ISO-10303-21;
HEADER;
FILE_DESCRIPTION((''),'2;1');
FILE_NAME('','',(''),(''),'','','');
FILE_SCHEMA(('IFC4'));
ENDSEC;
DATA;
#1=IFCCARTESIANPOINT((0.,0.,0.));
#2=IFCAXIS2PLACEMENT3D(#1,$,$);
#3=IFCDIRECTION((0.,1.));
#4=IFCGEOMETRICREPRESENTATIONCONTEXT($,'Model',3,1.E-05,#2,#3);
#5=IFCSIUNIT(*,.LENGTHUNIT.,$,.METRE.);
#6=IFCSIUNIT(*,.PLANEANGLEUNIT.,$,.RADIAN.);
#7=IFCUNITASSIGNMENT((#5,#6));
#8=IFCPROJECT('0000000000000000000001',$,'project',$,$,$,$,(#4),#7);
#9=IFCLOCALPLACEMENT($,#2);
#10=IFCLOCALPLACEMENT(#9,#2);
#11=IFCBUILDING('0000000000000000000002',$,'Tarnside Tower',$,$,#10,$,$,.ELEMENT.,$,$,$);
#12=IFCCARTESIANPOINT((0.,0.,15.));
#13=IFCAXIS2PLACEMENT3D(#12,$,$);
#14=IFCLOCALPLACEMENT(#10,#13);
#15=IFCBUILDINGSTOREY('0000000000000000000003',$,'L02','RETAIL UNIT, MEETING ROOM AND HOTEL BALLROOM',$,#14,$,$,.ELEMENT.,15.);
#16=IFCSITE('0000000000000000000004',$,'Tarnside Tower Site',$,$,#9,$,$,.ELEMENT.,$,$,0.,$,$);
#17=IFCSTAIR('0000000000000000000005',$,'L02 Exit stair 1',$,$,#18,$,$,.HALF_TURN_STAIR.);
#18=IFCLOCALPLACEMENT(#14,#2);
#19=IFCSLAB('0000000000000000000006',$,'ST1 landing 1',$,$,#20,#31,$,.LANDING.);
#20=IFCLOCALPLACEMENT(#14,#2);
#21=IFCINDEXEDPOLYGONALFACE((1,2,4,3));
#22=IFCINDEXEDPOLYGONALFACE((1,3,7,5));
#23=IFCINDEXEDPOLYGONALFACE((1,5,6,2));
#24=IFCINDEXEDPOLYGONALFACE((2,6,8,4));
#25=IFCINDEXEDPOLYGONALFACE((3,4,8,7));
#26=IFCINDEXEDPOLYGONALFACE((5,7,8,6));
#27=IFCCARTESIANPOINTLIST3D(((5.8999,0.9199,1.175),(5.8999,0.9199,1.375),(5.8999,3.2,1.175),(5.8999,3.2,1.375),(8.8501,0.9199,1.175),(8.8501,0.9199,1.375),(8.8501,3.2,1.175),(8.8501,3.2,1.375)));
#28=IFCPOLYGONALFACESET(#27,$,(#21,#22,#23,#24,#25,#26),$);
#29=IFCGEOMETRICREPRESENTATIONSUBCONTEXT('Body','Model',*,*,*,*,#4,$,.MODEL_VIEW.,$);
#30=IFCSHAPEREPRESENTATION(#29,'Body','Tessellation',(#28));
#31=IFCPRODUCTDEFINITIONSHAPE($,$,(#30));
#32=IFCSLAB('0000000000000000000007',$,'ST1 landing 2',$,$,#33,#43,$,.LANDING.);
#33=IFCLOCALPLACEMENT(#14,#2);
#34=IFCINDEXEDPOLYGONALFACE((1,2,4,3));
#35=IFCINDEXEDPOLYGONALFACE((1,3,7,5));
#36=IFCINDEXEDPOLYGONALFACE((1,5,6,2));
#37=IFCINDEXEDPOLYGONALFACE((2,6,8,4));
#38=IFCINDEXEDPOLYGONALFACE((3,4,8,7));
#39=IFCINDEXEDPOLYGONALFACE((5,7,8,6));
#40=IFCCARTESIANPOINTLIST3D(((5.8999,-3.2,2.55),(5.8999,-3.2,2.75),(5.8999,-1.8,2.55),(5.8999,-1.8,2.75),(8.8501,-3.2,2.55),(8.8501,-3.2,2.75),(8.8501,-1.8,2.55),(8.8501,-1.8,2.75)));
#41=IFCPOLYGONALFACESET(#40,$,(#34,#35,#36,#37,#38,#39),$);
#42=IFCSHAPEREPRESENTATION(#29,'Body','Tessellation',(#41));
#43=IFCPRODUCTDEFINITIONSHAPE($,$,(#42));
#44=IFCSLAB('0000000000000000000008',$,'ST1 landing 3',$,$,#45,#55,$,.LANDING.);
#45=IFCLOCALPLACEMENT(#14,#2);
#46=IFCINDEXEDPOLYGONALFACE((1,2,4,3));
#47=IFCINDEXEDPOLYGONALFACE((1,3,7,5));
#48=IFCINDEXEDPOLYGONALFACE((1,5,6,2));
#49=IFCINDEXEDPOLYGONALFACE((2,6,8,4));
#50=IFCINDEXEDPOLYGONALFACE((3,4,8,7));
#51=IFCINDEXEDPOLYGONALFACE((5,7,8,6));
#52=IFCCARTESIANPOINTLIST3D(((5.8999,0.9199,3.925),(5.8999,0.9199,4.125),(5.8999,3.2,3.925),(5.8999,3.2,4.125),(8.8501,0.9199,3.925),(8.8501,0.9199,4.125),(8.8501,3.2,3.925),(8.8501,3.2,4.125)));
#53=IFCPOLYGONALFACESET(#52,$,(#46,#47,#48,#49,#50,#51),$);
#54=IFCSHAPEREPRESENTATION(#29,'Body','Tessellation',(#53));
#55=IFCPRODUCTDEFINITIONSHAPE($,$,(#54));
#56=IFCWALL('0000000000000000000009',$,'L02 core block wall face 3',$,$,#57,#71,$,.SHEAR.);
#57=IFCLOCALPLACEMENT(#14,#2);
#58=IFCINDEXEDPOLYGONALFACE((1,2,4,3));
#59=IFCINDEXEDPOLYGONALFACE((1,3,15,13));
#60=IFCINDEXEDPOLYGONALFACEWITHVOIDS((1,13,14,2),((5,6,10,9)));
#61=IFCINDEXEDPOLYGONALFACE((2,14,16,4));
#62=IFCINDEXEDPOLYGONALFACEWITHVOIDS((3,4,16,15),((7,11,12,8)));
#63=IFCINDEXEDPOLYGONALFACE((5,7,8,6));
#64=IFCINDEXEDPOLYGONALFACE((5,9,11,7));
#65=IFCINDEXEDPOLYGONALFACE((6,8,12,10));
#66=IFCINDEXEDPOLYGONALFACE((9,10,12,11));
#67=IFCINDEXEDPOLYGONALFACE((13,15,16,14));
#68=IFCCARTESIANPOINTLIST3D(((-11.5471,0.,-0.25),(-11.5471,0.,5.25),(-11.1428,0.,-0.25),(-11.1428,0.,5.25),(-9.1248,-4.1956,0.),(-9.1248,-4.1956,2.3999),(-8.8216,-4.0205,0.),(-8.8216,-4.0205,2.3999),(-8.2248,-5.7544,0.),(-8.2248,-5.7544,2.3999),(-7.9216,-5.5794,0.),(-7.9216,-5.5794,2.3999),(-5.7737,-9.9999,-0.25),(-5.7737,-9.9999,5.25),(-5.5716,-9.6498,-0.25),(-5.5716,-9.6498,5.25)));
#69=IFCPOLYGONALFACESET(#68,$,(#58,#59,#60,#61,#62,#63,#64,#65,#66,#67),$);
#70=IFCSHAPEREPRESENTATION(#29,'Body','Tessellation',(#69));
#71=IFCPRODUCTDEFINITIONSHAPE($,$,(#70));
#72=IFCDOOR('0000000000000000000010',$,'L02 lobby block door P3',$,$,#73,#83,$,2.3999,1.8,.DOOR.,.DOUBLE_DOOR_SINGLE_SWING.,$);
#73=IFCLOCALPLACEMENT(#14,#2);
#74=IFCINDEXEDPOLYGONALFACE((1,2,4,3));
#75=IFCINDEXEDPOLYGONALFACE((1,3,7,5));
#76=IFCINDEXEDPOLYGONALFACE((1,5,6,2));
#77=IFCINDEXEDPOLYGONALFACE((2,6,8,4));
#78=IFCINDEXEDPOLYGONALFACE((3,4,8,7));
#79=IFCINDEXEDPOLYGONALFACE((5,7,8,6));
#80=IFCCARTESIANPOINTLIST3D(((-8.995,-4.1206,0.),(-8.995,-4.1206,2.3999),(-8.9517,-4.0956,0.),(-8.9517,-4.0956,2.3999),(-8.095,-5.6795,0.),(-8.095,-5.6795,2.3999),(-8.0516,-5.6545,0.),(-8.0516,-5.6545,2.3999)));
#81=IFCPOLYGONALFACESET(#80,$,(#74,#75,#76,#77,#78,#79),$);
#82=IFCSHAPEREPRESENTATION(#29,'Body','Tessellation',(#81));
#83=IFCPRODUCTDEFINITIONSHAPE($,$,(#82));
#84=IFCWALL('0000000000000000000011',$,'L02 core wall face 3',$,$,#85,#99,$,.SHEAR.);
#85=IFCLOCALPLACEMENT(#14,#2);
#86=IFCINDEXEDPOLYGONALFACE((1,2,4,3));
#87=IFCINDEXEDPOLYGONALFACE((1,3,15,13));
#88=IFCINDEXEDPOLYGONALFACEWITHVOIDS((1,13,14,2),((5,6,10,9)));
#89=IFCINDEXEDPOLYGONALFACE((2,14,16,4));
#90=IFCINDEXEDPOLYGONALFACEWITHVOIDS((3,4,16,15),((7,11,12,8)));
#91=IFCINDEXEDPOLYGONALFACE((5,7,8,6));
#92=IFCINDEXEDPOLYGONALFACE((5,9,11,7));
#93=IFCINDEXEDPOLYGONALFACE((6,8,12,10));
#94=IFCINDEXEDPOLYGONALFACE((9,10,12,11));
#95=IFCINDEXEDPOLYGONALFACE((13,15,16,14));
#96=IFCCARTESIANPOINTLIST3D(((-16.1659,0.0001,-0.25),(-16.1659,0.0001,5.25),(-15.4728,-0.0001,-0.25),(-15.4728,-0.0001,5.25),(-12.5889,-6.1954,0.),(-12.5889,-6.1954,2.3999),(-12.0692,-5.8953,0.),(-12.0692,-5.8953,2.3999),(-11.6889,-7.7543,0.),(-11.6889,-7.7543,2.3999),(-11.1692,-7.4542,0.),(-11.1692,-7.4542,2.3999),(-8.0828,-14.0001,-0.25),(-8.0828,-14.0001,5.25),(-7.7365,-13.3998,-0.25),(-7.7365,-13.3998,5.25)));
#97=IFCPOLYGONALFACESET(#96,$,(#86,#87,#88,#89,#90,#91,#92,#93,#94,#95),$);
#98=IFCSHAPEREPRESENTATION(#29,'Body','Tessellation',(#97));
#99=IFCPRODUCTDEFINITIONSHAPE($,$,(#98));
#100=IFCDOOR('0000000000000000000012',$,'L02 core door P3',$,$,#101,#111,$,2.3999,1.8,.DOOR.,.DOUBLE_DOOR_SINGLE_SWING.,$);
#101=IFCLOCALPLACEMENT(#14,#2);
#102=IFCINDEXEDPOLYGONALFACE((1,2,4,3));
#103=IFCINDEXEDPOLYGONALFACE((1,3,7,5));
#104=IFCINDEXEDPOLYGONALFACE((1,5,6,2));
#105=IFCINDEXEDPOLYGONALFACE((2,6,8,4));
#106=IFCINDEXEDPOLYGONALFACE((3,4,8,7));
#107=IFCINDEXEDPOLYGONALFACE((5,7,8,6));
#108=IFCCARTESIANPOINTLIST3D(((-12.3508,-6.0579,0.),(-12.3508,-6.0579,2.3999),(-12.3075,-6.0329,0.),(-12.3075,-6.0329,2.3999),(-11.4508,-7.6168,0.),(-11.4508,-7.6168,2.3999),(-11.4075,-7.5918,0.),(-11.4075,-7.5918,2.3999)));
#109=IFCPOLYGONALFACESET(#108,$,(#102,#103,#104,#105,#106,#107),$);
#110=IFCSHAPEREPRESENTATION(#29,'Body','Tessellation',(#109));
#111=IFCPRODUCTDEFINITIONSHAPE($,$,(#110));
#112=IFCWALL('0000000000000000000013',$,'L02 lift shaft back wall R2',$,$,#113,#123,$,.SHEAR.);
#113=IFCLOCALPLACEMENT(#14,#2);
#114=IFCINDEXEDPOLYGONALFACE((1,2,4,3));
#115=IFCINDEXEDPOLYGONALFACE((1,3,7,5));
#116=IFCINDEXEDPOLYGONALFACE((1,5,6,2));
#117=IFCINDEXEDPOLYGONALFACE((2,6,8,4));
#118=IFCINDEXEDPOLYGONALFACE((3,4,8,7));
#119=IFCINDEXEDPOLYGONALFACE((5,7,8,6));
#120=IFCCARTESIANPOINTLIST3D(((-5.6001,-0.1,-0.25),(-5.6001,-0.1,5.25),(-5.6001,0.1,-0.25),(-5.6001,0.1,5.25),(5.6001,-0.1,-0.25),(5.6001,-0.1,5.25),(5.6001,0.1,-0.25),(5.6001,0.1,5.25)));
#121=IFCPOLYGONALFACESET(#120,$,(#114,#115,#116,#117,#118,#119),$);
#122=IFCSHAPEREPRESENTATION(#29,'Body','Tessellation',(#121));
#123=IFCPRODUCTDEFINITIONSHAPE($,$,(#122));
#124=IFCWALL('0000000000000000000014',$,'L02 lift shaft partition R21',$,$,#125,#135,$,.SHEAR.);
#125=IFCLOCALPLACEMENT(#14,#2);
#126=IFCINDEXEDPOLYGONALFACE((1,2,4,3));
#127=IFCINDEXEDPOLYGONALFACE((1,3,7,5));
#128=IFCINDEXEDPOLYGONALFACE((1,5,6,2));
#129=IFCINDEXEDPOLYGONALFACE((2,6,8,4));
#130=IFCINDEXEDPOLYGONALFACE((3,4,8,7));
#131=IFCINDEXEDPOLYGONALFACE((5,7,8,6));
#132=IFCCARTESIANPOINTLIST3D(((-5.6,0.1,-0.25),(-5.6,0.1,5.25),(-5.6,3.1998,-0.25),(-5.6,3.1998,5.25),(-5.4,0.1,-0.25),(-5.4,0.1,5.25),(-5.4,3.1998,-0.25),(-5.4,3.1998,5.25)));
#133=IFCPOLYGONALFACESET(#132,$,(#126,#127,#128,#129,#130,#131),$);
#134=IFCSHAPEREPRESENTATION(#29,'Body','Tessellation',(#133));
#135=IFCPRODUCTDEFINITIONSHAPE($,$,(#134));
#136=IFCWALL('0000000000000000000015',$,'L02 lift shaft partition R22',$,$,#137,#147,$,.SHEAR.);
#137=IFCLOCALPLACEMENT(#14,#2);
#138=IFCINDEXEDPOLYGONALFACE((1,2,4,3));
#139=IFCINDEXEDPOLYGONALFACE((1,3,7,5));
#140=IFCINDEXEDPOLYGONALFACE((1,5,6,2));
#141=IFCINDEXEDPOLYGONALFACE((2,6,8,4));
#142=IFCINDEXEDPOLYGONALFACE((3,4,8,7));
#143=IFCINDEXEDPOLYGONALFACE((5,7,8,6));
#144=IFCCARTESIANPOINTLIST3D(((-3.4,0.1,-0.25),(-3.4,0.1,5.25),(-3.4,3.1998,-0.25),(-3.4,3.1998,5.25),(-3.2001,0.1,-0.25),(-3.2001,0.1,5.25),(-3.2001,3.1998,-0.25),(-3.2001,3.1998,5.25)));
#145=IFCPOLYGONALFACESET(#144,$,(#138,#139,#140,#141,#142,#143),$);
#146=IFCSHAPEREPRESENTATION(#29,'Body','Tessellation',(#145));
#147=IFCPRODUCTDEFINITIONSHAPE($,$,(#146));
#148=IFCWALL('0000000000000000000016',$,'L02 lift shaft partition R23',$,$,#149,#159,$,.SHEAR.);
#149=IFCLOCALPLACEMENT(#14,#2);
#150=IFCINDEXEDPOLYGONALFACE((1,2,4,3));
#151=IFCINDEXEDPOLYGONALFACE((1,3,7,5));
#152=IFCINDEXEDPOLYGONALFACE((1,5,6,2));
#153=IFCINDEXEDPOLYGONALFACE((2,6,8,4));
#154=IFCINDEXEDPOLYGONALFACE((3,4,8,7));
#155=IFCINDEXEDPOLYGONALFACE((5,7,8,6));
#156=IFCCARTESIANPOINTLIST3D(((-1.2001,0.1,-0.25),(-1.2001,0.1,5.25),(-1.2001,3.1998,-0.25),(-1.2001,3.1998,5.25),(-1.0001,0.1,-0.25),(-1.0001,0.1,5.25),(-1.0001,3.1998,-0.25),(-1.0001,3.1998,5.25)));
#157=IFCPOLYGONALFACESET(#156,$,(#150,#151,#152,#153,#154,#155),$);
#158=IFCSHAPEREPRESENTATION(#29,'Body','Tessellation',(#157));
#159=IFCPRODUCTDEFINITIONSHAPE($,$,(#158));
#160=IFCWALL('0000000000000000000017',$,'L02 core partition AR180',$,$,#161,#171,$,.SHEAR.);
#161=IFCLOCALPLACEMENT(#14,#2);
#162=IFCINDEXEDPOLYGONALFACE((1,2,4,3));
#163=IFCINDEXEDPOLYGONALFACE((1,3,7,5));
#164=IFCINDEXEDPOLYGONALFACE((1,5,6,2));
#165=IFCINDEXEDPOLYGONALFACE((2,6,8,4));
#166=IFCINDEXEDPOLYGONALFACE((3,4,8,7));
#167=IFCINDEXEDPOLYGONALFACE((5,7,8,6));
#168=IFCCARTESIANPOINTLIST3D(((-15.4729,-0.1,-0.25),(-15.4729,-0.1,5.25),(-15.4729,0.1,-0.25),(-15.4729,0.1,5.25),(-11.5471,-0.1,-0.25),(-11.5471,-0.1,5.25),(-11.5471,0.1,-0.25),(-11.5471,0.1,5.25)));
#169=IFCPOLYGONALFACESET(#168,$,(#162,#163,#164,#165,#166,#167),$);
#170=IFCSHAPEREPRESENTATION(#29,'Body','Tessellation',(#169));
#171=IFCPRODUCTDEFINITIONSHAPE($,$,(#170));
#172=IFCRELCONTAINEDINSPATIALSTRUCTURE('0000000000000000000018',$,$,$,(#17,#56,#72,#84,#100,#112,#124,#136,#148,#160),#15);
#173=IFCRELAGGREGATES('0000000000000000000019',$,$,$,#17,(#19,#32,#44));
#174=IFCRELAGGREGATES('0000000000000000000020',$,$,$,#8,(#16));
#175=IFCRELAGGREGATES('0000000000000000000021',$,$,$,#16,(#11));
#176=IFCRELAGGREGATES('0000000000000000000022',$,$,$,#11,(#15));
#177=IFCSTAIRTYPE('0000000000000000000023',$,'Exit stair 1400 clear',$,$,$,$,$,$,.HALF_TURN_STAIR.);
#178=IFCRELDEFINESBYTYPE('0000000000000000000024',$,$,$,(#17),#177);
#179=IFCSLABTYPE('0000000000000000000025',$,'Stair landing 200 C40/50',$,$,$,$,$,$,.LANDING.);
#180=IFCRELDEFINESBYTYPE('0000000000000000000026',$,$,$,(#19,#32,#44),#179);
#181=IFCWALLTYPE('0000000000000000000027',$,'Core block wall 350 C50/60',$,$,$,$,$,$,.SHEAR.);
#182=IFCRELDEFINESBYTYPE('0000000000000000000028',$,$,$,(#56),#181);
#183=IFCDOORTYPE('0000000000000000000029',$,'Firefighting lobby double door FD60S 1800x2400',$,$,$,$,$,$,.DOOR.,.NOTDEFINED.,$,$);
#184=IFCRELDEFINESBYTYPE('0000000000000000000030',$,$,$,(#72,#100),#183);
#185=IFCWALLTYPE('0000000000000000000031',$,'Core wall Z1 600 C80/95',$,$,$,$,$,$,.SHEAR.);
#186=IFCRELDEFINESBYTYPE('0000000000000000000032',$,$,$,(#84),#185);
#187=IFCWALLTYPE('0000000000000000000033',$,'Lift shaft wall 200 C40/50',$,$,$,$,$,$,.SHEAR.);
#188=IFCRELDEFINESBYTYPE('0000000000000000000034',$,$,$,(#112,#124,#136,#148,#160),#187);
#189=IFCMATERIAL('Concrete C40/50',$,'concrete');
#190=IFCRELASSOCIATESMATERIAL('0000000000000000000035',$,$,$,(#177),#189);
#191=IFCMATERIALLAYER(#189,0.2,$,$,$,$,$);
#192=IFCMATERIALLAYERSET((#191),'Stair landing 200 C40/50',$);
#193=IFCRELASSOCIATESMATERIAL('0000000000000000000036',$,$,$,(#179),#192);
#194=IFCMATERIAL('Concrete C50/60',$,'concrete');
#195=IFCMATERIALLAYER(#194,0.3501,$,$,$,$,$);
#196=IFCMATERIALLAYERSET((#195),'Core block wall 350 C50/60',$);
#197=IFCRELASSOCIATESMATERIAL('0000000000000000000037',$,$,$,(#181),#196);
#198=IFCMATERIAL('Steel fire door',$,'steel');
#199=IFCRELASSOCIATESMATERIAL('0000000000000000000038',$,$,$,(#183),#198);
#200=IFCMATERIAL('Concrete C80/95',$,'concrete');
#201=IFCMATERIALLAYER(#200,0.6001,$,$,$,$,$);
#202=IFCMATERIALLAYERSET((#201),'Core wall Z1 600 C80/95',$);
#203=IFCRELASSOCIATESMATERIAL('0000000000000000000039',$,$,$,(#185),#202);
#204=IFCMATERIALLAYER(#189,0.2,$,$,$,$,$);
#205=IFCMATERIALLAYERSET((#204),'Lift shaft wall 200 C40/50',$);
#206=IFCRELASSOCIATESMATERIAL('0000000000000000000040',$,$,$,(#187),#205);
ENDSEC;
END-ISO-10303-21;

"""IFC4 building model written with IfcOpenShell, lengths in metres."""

from ifc_helpers import new_model, si_unit, direction, frame, frame_2d, origin, place, context, subcontext, project, spatial, polyline, rectangle, outline, extrude, material, layer, layer_set, type_object, element, fill, aggregate, save


model = new_model("IFC4")

# Units and contexts
model_context = context("Model", 3, precision=1e-05, world=origin(), true_north=direction((0.0, 1.0)))
body_context = subcontext(model_context, "Body", "Model", "MODEL_VIEW")
ifc_project = project(units=[si_unit("LENGTHUNIT", "METRE"), si_unit("PLANEANGLEUNIT", "RADIAN")], contexts=[model_context])

# Site, building, storey
site_placement = place(None, origin())
site = spatial("IfcSite", under=ifc_project, at=site_placement, Name="Tarnside Tower Site", CompositionType="ELEMENT", RefElevation=0.0)
building_placement = place(site_placement, origin())
building = spatial("IfcBuilding", under=site, at=building_placement, Name="Tarnside Tower", CompositionType="ELEMENT")
storey_placement = place(building_placement, frame((0.0, 0.0, 15.0)))
storey = spatial("IfcBuildingStorey", under=building, at=storey_placement, Name="L02", Description="RETAIL UNIT, MEETING ROOM AND HOTEL BALLROOM", CompositionType="ELEMENT", Elevation=15.0)

# Stair, slabs
ifc_material_1 = material(Name="Concrete C40/50", Category="concrete")
stair_type = type_object("IfcStairType", Name="Exit stair 1400 clear", PredefinedType="HALF_TURN_STAIR", material=ifc_material_1)
stair_1_placement = place(storey_placement, origin())
stair_1 = element("IfcStair", 1, at=stair_1_placement, inside=storey, type_object=stair_type, Name="L02 Exit stair 1", PredefinedType="HALF_TURN_STAIR")
ifc_layer_1 = layer(ifc_material_1, 0.2)
ifc_layer_set_1 = layer_set([ifc_layer_1], Name="Stair landing 200 C40/50")
slab_type_1 = type_object("IfcSlabType", Name="Stair landing 200 C40/50", PredefinedType="LANDING", material=ifc_layer_set_1)
slab_1_placement = place(storey_placement, frame((0.0, 0.0, 1.175)))
slab_1 = element("IfcSlab", 2, at=slab_1_placement, type_object=slab_type_1, Name="ST1 landing 1", PredefinedType="LANDING", context=body_context, shape_type="SweptSolid", body=[
    extrude(outline(polyline([(8.8501, 0.9199), (8.8501, 3.2), (5.8999, 3.2), (5.8999, 0.9199), (8.8501, 0.9199)])), origin(), (0.0, 0.0, 1.0), 0.2),
])
slab_2_placement = place(storey_placement, frame((0.0, 0.0, 2.55)))
slab_2 = element("IfcSlab", 3, at=slab_2_placement, type_object=slab_type_1, Name="ST1 landing 2", PredefinedType="LANDING", context=body_context, shape_type="SweptSolid", body=[
    extrude(outline(polyline([(8.8501, -3.2), (8.8501, -1.8), (5.8999, -1.8), (5.8999, -3.2), (8.8501, -3.2)])), origin(), (0.0, 0.0, 1.0), 0.2),
])
slab_3_placement = place(storey_placement, frame((0.0, 0.0, 3.925)))
slab_3 = element("IfcSlab", 4, at=slab_3_placement, type_object=slab_type_1, Name="ST1 landing 3", PredefinedType="LANDING", context=body_context, shape_type="SweptSolid", body=[
    extrude(outline(polyline([(8.8501, 0.9199), (8.8501, 3.2), (5.8999, 3.2), (5.8999, 0.9199), (8.8501, 0.9199)])), origin(), (0.0, 0.0, 1.0), 0.2),
])
aggregate(stair_1, [slab_1, slab_2, slab_3])

# Walls, openings, doors
ifc_material_2 = material(Name="Concrete C50/60", Category="concrete")
ifc_layer_2 = layer(ifc_material_2, 0.3501)
ifc_layer_set_2 = layer_set([ifc_layer_2], Name="Core block wall 350 C50/60")
wall_type_1 = type_object("IfcWallType", Name="Core block wall 350 C50/60", PredefinedType="SHEAR", material=ifc_layer_set_2)
wall_1_placement = place(storey_placement, frame((-11.345, 0.0, -0.25), z_axis=(0.0, 0.0, 1.0), x_axis=(0.499995, -0.866028, 0.0)))
wall_1 = element("IfcWall", 5, at=wall_1_placement, inside=storey, type_object=wall_type_1, Name="L02 core block wall face 3", PredefinedType="SHEAR", context=body_context, shape_type="SweptSolid", body=[
    extrude(outline(polyline([(-0.1011, -0.175), (11.4458, -0.175), (11.2437, 0.175), (0.1011, 0.175), (-0.1011, -0.175)])), origin(), (0.0, 0.0, 1.0), 5.5),
])
opening_1_placement = place(wall_1_placement, frame((4.7437, 0.0, 0.25)))
opening_1 = element("IfcOpeningElement", 6, at=opening_1_placement, cuts=wall_1, PredefinedType="OPENING", context=body_context, shape_type="SweptSolid", body=[
    extrude(rectangle(XDim=1.8, YDim=2.3999, at=frame_2d((0.8999, 1.2))), frame((0.0, 0.1851, 0.0), z_axis=(0.0, -1.0, 0.0), x_axis=(1.0, 0.0, 0.0)), (0.0, 0.0, 1.0), 0.3701),
])
ifc_material_3 = material(Name="Steel fire door", Category="steel")
door_type_1 = type_object("IfcDoorType", Name="Firefighting lobby double door FD60S 1800x2400", OperationType="NOTDEFINED", PredefinedType="DOOR", material=ifc_material_3)
door_1_placement = place(opening_1_placement, origin())
door_1 = element("IfcDoor", 7, at=door_1_placement, inside=storey, type_object=door_type_1, Name="L02 lobby block door P3", OperationType="DOUBLE_DOOR_SINGLE_SWING", OverallHeight=2.3999, OverallWidth=1.8, PredefinedType="DOOR", context=body_context, shape_type="SweptSolid", body=[
    extrude(rectangle(XDim=1.8, YDim=2.3999, at=frame_2d((0.8999, 1.2))), frame((0.0, 0.0249, 0.0), z_axis=(0.0, -1.0, 0.0), x_axis=(1.0, 0.0, 0.0)), (0.0, 0.0, 1.0), 0.05),
])
fill(opening_1, door_1)
ifc_material_4 = material(Name="Concrete C80/95", Category="concrete")
ifc_layer_3 = layer(ifc_material_4, 0.6001)
ifc_layer_set_3 = layer_set([ifc_layer_3], Name="Core wall Z1 600 C80/95")
wall_type_2 = type_object("IfcWallType", Name="Core wall Z1 600 C80/95", PredefinedType="SHEAR", material=ifc_layer_set_3)
wall_2_placement = place(storey_placement, frame((-15.8193, 0.0, -0.25), z_axis=(0.0, 0.0, 1.0), x_axis=(0.5, -0.866025, 0.0)))
wall_2 = element("IfcWall", 8, at=wall_2_placement, inside=storey, type_object=wall_type_2, Name="L02 core wall face 3", PredefinedType="SHEAR", context=body_context, shape_type="SweptSolid", body=[
    extrude(outline(polyline([(-0.1733, -0.3), (15.9927, -0.3), (15.646, 0.3), (0.1733, 0.3), (-0.1733, -0.3)])), origin(), (0.0, 0.0, 1.0), 5.5),
])
opening_2_placement = place(wall_2_placement, frame((6.9807, 0.0, 0.25)))
opening_2 = element("IfcOpeningElement", 9, at=opening_2_placement, cuts=wall_2, PredefinedType="OPENING", context=body_context, shape_type="SweptSolid", body=[
    extrude(rectangle(XDim=1.8, YDim=2.3999, at=frame_2d((0.8999, 1.2))), frame((0.0, 0.3101, 0.0), z_axis=(0.0, -1.0, 0.0), x_axis=(1.0, 0.0, 0.0)), (0.0, 0.0, 1.0), 0.6201),
])
door_2_placement = place(opening_2_placement, origin())
door_2 = element("IfcDoor", 10, at=door_2_placement, inside=storey, type_object=door_type_1, Name="L02 core door P3", OperationType="DOUBLE_DOOR_SINGLE_SWING", OverallHeight=2.3999, OverallWidth=1.8, PredefinedType="DOOR", context=body_context, shape_type="SweptSolid", body=[
    extrude(rectangle(XDim=1.8, YDim=2.3999, at=frame_2d((0.8999, 1.2))), frame((0.0, 0.0249, 0.0), z_axis=(0.0, -1.0, 0.0), x_axis=(1.0, 0.0, 0.0)), (0.0, 0.0, 1.0), 0.05),
])
fill(opening_2, door_2)

# Walls
ifc_layer_4 = layer(ifc_material_1, 0.2)
ifc_layer_set_4 = layer_set([ifc_layer_4], Name="Lift shaft wall 200 C40/50")
wall_type_3 = type_object("IfcWallType", Name="Lift shaft wall 200 C40/50", PredefinedType="SHEAR", material=ifc_layer_set_4)
wall_3_placement = place(storey_placement, frame((-5.6001, 0.0, -0.25), z_axis=(0.0, 0.0, 1.0), x_axis=(1.0, 0.0, 0.0)))
element("IfcWall", 11, at=wall_3_placement, inside=storey, type_object=wall_type_3, Name="L02 lift shaft back wall R2", PredefinedType="SHEAR", context=body_context, shape_type="SweptSolid", body=[
    extrude(rectangle(XDim=11.2002, YDim=0.2, at=frame_2d((5.6001, 0.0))), origin(), (0.0, 0.0, 1.0), 5.5),
])
for number, where, z_axis, x_axis, name in (
    (12, (-5.5, 0.1001, -0.25), (0.0, 0.0, 1.0), (0.0, 1.0, 0.0), "L02 lift shaft partition R21"),
    (13, (-3.3, 0.1001, -0.25), (0.0, 0.0, 1.0), (0.0, 1.0, 0.0), "L02 lift shaft partition R22"),
    (14, (-1.1001, 0.1001, -0.25), (0.0, 0.0, 1.0), (0.0, 1.0, 0.0), "L02 lift shaft partition R23"),
):
    element("IfcWall", number, at=place(storey_placement, frame(where, z_axis=z_axis, x_axis=x_axis)), inside=storey, type_object=wall_type_3, Name=name, PredefinedType="SHEAR", context=body_context, shape_type="SweptSolid", body=[
        extrude(rectangle(XDim=3.0999, YDim=0.2, at=frame_2d((1.5498, 0.0))), origin(), (0.0, 0.0, 1.0), 5.5),
    ])
wall_4_placement = place(storey_placement, frame((-11.5471, 0.0, -0.25), z_axis=(0.0, 0.0, 1.0), x_axis=(-1.0, 0.0, 0.0)))
element("IfcWall", 15, at=wall_4_placement, inside=storey, type_object=wall_type_3, Name="L02 core partition AR180", PredefinedType="SHEAR", context=body_context, shape_type="SweptSolid", body=[
    extrude(rectangle(XDim=3.9258, YDim=0.2, at=frame_2d((1.9629, 0.0))), origin(), (0.0, 0.0, 1.0), 5.5),
])

save(model, "model.ifc")
